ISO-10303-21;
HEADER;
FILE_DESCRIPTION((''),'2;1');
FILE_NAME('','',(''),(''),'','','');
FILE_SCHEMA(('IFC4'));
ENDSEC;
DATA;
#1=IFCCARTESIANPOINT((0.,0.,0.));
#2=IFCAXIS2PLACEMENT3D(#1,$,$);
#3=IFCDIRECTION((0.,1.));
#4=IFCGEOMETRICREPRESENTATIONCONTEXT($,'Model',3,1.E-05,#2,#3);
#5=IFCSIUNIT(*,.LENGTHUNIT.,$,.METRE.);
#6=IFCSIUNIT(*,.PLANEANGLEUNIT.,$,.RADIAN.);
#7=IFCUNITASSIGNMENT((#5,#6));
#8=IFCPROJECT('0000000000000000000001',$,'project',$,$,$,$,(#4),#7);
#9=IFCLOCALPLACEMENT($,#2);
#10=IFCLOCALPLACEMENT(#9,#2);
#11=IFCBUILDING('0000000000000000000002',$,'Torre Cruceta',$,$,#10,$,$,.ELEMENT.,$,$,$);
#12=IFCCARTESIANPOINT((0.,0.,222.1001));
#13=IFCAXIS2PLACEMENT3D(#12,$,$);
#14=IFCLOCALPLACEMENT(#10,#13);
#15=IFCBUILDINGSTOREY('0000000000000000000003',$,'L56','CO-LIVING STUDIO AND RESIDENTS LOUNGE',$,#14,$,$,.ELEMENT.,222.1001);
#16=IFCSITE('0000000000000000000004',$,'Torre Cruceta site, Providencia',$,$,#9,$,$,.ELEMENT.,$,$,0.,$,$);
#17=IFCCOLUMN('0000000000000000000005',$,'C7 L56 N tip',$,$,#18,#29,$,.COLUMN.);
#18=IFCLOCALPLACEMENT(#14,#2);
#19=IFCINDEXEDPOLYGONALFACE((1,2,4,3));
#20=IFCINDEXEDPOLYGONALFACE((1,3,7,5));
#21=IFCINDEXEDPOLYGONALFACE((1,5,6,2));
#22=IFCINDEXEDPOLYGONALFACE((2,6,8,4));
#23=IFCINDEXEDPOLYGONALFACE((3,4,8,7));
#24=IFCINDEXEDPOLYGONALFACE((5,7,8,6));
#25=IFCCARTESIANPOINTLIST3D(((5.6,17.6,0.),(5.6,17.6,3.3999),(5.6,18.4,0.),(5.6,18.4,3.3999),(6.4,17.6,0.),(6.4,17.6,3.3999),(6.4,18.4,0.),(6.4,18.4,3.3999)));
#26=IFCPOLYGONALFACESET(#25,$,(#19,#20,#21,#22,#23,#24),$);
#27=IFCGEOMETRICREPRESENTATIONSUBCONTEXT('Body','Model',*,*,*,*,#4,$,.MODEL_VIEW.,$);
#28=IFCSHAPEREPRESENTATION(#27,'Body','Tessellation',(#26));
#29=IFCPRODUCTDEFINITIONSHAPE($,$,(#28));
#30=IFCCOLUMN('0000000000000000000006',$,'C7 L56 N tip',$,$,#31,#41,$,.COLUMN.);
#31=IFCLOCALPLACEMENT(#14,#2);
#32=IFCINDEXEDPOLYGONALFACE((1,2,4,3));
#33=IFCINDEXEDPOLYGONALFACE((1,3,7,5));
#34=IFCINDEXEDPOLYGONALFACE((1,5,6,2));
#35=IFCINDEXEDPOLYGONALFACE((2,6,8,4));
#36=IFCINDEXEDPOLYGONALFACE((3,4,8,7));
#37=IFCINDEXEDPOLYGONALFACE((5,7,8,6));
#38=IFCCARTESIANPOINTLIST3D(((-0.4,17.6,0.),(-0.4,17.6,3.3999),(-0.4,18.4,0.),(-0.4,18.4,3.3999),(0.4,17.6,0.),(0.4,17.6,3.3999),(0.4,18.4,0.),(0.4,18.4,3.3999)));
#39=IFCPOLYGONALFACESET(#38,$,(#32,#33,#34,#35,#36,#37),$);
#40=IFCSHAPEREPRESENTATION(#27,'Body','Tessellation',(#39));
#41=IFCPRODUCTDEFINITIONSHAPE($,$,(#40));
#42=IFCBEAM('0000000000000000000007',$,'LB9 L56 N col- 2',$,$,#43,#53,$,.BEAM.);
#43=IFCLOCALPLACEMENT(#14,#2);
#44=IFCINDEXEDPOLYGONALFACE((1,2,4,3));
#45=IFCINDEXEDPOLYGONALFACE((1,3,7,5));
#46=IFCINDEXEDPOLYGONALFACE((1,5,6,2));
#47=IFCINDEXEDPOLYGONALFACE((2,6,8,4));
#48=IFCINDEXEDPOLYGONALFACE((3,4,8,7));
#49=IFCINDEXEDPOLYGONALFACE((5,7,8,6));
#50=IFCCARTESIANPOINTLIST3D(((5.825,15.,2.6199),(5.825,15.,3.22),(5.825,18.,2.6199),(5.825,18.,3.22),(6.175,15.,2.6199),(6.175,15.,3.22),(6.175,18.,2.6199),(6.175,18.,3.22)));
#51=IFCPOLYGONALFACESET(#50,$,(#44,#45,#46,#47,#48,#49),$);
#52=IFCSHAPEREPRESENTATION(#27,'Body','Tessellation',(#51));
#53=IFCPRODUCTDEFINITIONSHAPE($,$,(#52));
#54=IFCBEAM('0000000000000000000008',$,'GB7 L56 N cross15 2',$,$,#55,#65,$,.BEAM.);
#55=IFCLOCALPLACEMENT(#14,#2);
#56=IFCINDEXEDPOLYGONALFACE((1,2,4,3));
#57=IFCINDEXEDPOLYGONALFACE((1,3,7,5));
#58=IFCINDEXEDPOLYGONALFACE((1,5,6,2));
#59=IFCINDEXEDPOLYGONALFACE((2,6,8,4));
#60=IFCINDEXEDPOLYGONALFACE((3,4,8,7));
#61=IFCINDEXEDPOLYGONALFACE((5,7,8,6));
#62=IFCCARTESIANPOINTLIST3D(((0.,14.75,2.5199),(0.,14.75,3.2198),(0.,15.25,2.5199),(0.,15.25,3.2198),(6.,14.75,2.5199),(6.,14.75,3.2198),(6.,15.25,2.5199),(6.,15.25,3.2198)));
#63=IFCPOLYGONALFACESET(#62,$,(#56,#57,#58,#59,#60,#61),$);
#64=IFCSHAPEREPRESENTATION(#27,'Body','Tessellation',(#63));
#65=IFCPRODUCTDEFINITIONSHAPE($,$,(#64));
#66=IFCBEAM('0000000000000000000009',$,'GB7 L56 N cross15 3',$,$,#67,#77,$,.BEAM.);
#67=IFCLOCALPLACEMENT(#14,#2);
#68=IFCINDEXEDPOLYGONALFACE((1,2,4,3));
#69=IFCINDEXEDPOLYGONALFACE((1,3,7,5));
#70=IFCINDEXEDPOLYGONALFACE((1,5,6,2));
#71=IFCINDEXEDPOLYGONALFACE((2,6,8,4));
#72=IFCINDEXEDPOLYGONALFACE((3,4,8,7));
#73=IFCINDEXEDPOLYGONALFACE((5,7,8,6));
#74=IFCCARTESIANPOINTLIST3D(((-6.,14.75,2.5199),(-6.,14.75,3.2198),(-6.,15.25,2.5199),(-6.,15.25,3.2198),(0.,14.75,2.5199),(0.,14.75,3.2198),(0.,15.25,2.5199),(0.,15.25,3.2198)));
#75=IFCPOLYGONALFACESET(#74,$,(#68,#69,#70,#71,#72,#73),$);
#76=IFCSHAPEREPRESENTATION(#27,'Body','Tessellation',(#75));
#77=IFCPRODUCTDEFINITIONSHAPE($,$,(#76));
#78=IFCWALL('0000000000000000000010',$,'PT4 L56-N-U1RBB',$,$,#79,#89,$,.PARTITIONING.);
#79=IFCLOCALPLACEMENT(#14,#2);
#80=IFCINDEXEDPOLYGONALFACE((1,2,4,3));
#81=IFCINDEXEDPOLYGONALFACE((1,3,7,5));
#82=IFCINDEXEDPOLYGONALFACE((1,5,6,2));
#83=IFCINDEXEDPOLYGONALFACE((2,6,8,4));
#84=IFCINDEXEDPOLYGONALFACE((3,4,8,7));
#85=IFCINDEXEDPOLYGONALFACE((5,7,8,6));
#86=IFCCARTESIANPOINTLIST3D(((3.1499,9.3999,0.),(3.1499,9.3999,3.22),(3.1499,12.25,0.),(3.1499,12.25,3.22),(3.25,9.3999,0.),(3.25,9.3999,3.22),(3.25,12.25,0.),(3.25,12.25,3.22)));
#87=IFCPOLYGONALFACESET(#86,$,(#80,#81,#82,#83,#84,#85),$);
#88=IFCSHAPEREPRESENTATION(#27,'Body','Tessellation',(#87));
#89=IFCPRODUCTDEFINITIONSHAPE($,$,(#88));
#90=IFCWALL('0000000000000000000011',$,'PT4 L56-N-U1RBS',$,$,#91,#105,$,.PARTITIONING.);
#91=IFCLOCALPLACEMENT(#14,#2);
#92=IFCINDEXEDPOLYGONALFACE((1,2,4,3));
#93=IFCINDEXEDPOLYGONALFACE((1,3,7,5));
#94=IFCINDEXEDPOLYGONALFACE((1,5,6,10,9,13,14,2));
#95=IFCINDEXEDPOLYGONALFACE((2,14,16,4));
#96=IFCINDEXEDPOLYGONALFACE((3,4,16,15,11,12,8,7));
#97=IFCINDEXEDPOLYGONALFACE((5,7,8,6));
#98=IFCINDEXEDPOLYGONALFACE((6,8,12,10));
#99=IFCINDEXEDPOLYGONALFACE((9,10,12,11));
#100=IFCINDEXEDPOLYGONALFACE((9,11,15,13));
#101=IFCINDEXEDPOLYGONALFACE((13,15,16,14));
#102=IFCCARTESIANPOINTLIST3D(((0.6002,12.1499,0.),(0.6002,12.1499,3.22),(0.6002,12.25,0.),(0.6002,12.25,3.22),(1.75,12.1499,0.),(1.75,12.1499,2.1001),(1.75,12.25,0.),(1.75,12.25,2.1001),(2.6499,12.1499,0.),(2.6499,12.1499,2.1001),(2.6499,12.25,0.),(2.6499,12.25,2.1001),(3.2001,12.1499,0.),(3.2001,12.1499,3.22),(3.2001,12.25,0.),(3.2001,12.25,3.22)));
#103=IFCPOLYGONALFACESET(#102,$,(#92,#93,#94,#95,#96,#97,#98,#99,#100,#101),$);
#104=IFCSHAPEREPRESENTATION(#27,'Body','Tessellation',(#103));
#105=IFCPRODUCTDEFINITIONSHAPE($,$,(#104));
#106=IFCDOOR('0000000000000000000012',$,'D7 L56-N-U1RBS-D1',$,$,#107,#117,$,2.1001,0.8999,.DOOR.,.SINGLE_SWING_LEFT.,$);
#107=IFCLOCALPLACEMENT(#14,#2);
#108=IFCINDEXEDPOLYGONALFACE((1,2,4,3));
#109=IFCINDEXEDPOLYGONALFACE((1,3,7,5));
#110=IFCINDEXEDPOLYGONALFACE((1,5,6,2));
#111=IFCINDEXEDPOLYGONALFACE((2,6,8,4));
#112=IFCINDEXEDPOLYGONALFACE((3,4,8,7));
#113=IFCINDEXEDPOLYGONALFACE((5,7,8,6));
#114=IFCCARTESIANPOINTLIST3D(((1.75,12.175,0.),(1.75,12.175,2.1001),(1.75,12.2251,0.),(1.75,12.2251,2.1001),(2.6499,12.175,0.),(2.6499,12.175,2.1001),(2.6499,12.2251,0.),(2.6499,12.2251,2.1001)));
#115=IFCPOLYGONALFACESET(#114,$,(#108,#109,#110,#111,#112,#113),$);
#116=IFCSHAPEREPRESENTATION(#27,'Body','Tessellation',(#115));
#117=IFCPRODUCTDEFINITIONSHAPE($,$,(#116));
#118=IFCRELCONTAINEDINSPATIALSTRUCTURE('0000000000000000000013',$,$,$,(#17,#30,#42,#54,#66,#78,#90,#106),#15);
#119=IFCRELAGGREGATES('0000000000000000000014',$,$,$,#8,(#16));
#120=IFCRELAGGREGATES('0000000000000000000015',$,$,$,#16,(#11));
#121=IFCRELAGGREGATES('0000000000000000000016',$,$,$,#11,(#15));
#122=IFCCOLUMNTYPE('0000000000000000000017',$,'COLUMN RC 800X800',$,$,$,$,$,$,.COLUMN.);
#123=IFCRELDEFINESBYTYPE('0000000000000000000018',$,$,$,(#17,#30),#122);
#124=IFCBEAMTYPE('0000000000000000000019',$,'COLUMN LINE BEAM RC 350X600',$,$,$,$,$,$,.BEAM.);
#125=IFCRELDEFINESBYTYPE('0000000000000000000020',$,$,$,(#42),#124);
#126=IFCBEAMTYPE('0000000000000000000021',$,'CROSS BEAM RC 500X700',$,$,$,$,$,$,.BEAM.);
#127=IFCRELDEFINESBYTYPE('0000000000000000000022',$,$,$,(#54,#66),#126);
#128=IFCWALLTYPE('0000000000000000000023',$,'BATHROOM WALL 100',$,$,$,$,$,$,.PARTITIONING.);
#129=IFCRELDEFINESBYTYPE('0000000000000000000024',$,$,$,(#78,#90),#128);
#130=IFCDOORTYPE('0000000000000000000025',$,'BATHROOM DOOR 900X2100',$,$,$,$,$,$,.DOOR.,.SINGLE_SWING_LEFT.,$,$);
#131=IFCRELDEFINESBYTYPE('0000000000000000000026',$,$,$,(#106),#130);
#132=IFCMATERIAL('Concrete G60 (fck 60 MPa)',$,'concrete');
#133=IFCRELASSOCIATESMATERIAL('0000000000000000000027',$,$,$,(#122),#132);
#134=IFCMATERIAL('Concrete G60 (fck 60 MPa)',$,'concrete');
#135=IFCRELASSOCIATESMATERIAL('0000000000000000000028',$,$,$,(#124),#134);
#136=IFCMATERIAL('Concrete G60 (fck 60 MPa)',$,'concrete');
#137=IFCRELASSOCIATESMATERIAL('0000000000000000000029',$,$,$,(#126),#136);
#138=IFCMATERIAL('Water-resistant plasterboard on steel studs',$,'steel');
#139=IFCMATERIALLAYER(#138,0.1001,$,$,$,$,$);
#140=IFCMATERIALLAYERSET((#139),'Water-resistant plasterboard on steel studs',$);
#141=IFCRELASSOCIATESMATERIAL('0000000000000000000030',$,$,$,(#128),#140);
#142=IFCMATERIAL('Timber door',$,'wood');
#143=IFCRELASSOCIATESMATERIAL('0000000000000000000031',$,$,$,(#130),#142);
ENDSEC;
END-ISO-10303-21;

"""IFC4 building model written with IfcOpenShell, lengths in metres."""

from ifc_helpers import new_model, si_unit, direction, frame, frame_2d, origin, origin_2d, place, context, subcontext, project, spatial, rectangle, extrude, material, layer, layer_set, material_profile, profile_set, type_object, element, fill, save


model = new_model("IFC4")

# Units and contexts
model_context = context("Model", 3, precision=1e-05, world=origin(), true_north=direction((0.0, 1.0)))
body_context = subcontext(model_context, "Body", "Model", "MODEL_VIEW")
ifc_project = project(units=[si_unit("LENGTHUNIT", "METRE"), si_unit("PLANEANGLEUNIT", "RADIAN")], contexts=[model_context])

# Site, building, storey
site_placement = place(None, origin())
site = spatial("IfcSite", under=ifc_project, at=site_placement, Name="Torre Cruceta site, Providencia", CompositionType="ELEMENT", RefElevation=0.0)
building_placement = place(site_placement, origin())
building = spatial("IfcBuilding", under=site, at=building_placement, Name="Torre Cruceta", CompositionType="ELEMENT")
storey_placement = place(building_placement, frame((0.0, 0.0, 222.1001)))
storey = spatial("IfcBuildingStorey", under=building, at=storey_placement, Name="L56", Description="CO-LIVING STUDIO AND RESIDENTS LOUNGE", CompositionType="ELEMENT", Elevation=222.1001)

# Columns
ifc_material_1 = material(Name="Concrete G60 (fck 60 MPa)", Category="concrete")
ifc_material_profile_1 = material_profile(ifc_material_1, rectangle(XDim=0.8, YDim=0.8, at=origin_2d()), Name="RC 800X800")
ifc_profile_set_1 = profile_set([ifc_material_profile_1], Name="Concrete G60 (fck 60 MPa)")
column_type = type_object("IfcColumnType", Name="COLUMN RC 800X800", PredefinedType="COLUMN", material=ifc_profile_set_1)
for number, where, z_axis, x_axis, name in (
    (1, (6.0, 18.0, 0.0), (0.0, 0.0, 1.0), (1.0, 0.0, 0.0), "C7 L56 N tip"),
    (2, (0.0, 18.0, 0.0), (0.0, 0.0, 1.0), (1.0, 0.0, 0.0), "C7 L56 N tip"),
):
    element("IfcColumn", number, at=place(storey_placement, frame(where, z_axis=z_axis, x_axis=x_axis)), inside=storey, type_object=column_type, Name=name, PredefinedType="COLUMN", context=body_context, shape_type="SweptSolid", body=[
        extrude(rectangle(XDim=0.8, YDim=0.8, at=origin_2d()), origin(), (0.0, 0.0, 1.0), 3.3999),
    ])

# Beams
ifc_material_2 = material(Name="Concrete G60 (fck 60 MPa)", Category="concrete")
ifc_material_profile_2 = material_profile(ifc_material_2, rectangle(XDim=0.3501, YDim=0.6001, at=origin_2d()), Name="RC 350X600")
ifc_profile_set_2 = profile_set([ifc_material_profile_2], Name="Concrete G60 (fck 60 MPa)")
beam_type_1 = type_object("IfcBeamType", Name="COLUMN LINE BEAM RC 350X600", PredefinedType="BEAM", material=ifc_profile_set_2)
beam_placement = place(storey_placement, frame((6.0, 15.0, 2.9199), z_axis=(0.0, 1.0, 0.0), x_axis=(-1.0, 0.0, 0.0)))
element("IfcBeam", 3, at=beam_placement, inside=storey, type_object=beam_type_1, Name="LB9 L56 N col- 2", PredefinedType="BEAM", context=body_context, shape_type="SweptSolid", body=[
    extrude(rectangle(XDim=0.3501, YDim=0.6001, at=origin_2d()), origin(), (0.0, 0.0, 1.0), 3.0),
])
ifc_material_3 = material(Name="Concrete G60 (fck 60 MPa)", Category="concrete")
ifc_material_profile_3 = material_profile(ifc_material_3, rectangle(XDim=0.5, YDim=0.7, at=origin_2d()), Name="RC 500X700")
ifc_profile_set_3 = profile_set([ifc_material_profile_3], Name="Concrete G60 (fck 60 MPa)")
beam_type_2 = type_object("IfcBeamType", Name="CROSS BEAM RC 500X700", PredefinedType="BEAM", material=ifc_profile_set_3)
for number, where, z_axis, x_axis, name in (
    (4, (6.0, 15.0, 2.8699), (-1.0, 0.0, 0.0), (0.0, -1.0, 0.0), "GB7 L56 N cross15 2"),
    (5, (0.0, 15.0, 2.8699), (-1.0, 0.0, 0.0), (0.0, -1.0, 0.0), "GB7 L56 N cross15 3"),
):
    element("IfcBeam", number, at=place(storey_placement, frame(where, z_axis=z_axis, x_axis=x_axis)), inside=storey, type_object=beam_type_2, Name=name, PredefinedType="BEAM", context=body_context, shape_type="SweptSolid", body=[
        extrude(rectangle(XDim=0.5, YDim=0.7, at=origin_2d()), origin(), (0.0, 0.0, 1.0), 6.0),
    ])

# Wall
ifc_material_4 = material(Name="Water-resistant plasterboard on steel studs", Category="steel")
ifc_layer_1 = layer(ifc_material_4, 0.1001)
ifc_layer_set_1 = layer_set([ifc_layer_1], Name="Water-resistant plasterboard on steel studs")
wall_type_1 = type_object("IfcWallType", Name="BATHROOM WALL 100", PredefinedType="PARTITIONING", material=ifc_layer_set_1)
wall_1_placement = place(storey_placement, frame((3.2, 9.3999, 0.0), z_axis=(0.0, 0.0, 1.0), x_axis=(0.0, 1.0, 0.0)))
element("IfcWall", 6, at=wall_1_placement, inside=storey, type_object=wall_type_1, Name="PT4 L56-N-U1RBB", PredefinedType="PARTITIONING", context=body_context, shape_type="SweptSolid", body=[
    extrude(rectangle(XDim=2.8501, YDim=0.1001, at=frame_2d((1.425, 0.0))), origin(), (0.0, 0.0, 1.0), 3.22),
])

# Wall, opening, door
wall_2_placement = place(storey_placement, frame((3.2, 12.2, 0.0), z_axis=(0.0, 0.0, 1.0), x_axis=(-1.0, 0.0, 0.0)))
wall_2 = element("IfcWall", 7, at=wall_2_placement, inside=storey, type_object=wall_type_1, Name="PT4 L56-N-U1RBS", PredefinedType="PARTITIONING", context=body_context, shape_type="SweptSolid", body=[
    extrude(rectangle(XDim=2.5999, YDim=0.1001, at=frame_2d((1.2998, 0.0))), origin(), (0.0, 0.0, 1.0), 3.22),
])
opening_1_placement = place(wall_2_placement, frame((0.55, 0.0, 0.0)))
opening_1 = element("IfcOpeningElement", 8, at=opening_1_placement, cuts=wall_2, PredefinedType="OPENING", context=body_context, shape_type="SweptSolid", body=[
    extrude(rectangle(XDim=0.8999, YDim=2.1001, at=frame_2d((0.45, 1.05))), frame((0.0, 0.0601, 0.0), z_axis=(0.0, -1.0, 0.0), x_axis=(1.0, 0.0, 0.0)), (0.0, 0.0, 1.0), 0.1201),
])
ifc_material_5 = material(Name="Timber door", Category="wood")
door_type_1 = type_object("IfcDoorType", Name="BATHROOM DOOR 900X2100", OperationType="SINGLE_SWING_LEFT", PredefinedType="DOOR", material=ifc_material_5)
door_1_placement = place(opening_1_placement, origin())
door_1 = element("IfcDoor", 9, at=door_1_placement, inside=storey, type_object=door_type_1, Name="D7 L56-N-U1RBS-D1", OperationType="SINGLE_SWING_LEFT", OverallHeight=2.1001, OverallWidth=0.8999, PredefinedType="DOOR", context=body_context, shape_type="SweptSolid", body=[
    extrude(rectangle(XDim=0.8999, YDim=2.1001, at=frame_2d((0.45, 1.05))), frame((0.0, 0.0249, 0.0), z_axis=(0.0, -1.0, 0.0), x_axis=(1.0, 0.0, 0.0)), (0.0, 0.0, 1.0), 0.05),
])
fill(opening_1, door_1)

save(model, "model.ifc")
